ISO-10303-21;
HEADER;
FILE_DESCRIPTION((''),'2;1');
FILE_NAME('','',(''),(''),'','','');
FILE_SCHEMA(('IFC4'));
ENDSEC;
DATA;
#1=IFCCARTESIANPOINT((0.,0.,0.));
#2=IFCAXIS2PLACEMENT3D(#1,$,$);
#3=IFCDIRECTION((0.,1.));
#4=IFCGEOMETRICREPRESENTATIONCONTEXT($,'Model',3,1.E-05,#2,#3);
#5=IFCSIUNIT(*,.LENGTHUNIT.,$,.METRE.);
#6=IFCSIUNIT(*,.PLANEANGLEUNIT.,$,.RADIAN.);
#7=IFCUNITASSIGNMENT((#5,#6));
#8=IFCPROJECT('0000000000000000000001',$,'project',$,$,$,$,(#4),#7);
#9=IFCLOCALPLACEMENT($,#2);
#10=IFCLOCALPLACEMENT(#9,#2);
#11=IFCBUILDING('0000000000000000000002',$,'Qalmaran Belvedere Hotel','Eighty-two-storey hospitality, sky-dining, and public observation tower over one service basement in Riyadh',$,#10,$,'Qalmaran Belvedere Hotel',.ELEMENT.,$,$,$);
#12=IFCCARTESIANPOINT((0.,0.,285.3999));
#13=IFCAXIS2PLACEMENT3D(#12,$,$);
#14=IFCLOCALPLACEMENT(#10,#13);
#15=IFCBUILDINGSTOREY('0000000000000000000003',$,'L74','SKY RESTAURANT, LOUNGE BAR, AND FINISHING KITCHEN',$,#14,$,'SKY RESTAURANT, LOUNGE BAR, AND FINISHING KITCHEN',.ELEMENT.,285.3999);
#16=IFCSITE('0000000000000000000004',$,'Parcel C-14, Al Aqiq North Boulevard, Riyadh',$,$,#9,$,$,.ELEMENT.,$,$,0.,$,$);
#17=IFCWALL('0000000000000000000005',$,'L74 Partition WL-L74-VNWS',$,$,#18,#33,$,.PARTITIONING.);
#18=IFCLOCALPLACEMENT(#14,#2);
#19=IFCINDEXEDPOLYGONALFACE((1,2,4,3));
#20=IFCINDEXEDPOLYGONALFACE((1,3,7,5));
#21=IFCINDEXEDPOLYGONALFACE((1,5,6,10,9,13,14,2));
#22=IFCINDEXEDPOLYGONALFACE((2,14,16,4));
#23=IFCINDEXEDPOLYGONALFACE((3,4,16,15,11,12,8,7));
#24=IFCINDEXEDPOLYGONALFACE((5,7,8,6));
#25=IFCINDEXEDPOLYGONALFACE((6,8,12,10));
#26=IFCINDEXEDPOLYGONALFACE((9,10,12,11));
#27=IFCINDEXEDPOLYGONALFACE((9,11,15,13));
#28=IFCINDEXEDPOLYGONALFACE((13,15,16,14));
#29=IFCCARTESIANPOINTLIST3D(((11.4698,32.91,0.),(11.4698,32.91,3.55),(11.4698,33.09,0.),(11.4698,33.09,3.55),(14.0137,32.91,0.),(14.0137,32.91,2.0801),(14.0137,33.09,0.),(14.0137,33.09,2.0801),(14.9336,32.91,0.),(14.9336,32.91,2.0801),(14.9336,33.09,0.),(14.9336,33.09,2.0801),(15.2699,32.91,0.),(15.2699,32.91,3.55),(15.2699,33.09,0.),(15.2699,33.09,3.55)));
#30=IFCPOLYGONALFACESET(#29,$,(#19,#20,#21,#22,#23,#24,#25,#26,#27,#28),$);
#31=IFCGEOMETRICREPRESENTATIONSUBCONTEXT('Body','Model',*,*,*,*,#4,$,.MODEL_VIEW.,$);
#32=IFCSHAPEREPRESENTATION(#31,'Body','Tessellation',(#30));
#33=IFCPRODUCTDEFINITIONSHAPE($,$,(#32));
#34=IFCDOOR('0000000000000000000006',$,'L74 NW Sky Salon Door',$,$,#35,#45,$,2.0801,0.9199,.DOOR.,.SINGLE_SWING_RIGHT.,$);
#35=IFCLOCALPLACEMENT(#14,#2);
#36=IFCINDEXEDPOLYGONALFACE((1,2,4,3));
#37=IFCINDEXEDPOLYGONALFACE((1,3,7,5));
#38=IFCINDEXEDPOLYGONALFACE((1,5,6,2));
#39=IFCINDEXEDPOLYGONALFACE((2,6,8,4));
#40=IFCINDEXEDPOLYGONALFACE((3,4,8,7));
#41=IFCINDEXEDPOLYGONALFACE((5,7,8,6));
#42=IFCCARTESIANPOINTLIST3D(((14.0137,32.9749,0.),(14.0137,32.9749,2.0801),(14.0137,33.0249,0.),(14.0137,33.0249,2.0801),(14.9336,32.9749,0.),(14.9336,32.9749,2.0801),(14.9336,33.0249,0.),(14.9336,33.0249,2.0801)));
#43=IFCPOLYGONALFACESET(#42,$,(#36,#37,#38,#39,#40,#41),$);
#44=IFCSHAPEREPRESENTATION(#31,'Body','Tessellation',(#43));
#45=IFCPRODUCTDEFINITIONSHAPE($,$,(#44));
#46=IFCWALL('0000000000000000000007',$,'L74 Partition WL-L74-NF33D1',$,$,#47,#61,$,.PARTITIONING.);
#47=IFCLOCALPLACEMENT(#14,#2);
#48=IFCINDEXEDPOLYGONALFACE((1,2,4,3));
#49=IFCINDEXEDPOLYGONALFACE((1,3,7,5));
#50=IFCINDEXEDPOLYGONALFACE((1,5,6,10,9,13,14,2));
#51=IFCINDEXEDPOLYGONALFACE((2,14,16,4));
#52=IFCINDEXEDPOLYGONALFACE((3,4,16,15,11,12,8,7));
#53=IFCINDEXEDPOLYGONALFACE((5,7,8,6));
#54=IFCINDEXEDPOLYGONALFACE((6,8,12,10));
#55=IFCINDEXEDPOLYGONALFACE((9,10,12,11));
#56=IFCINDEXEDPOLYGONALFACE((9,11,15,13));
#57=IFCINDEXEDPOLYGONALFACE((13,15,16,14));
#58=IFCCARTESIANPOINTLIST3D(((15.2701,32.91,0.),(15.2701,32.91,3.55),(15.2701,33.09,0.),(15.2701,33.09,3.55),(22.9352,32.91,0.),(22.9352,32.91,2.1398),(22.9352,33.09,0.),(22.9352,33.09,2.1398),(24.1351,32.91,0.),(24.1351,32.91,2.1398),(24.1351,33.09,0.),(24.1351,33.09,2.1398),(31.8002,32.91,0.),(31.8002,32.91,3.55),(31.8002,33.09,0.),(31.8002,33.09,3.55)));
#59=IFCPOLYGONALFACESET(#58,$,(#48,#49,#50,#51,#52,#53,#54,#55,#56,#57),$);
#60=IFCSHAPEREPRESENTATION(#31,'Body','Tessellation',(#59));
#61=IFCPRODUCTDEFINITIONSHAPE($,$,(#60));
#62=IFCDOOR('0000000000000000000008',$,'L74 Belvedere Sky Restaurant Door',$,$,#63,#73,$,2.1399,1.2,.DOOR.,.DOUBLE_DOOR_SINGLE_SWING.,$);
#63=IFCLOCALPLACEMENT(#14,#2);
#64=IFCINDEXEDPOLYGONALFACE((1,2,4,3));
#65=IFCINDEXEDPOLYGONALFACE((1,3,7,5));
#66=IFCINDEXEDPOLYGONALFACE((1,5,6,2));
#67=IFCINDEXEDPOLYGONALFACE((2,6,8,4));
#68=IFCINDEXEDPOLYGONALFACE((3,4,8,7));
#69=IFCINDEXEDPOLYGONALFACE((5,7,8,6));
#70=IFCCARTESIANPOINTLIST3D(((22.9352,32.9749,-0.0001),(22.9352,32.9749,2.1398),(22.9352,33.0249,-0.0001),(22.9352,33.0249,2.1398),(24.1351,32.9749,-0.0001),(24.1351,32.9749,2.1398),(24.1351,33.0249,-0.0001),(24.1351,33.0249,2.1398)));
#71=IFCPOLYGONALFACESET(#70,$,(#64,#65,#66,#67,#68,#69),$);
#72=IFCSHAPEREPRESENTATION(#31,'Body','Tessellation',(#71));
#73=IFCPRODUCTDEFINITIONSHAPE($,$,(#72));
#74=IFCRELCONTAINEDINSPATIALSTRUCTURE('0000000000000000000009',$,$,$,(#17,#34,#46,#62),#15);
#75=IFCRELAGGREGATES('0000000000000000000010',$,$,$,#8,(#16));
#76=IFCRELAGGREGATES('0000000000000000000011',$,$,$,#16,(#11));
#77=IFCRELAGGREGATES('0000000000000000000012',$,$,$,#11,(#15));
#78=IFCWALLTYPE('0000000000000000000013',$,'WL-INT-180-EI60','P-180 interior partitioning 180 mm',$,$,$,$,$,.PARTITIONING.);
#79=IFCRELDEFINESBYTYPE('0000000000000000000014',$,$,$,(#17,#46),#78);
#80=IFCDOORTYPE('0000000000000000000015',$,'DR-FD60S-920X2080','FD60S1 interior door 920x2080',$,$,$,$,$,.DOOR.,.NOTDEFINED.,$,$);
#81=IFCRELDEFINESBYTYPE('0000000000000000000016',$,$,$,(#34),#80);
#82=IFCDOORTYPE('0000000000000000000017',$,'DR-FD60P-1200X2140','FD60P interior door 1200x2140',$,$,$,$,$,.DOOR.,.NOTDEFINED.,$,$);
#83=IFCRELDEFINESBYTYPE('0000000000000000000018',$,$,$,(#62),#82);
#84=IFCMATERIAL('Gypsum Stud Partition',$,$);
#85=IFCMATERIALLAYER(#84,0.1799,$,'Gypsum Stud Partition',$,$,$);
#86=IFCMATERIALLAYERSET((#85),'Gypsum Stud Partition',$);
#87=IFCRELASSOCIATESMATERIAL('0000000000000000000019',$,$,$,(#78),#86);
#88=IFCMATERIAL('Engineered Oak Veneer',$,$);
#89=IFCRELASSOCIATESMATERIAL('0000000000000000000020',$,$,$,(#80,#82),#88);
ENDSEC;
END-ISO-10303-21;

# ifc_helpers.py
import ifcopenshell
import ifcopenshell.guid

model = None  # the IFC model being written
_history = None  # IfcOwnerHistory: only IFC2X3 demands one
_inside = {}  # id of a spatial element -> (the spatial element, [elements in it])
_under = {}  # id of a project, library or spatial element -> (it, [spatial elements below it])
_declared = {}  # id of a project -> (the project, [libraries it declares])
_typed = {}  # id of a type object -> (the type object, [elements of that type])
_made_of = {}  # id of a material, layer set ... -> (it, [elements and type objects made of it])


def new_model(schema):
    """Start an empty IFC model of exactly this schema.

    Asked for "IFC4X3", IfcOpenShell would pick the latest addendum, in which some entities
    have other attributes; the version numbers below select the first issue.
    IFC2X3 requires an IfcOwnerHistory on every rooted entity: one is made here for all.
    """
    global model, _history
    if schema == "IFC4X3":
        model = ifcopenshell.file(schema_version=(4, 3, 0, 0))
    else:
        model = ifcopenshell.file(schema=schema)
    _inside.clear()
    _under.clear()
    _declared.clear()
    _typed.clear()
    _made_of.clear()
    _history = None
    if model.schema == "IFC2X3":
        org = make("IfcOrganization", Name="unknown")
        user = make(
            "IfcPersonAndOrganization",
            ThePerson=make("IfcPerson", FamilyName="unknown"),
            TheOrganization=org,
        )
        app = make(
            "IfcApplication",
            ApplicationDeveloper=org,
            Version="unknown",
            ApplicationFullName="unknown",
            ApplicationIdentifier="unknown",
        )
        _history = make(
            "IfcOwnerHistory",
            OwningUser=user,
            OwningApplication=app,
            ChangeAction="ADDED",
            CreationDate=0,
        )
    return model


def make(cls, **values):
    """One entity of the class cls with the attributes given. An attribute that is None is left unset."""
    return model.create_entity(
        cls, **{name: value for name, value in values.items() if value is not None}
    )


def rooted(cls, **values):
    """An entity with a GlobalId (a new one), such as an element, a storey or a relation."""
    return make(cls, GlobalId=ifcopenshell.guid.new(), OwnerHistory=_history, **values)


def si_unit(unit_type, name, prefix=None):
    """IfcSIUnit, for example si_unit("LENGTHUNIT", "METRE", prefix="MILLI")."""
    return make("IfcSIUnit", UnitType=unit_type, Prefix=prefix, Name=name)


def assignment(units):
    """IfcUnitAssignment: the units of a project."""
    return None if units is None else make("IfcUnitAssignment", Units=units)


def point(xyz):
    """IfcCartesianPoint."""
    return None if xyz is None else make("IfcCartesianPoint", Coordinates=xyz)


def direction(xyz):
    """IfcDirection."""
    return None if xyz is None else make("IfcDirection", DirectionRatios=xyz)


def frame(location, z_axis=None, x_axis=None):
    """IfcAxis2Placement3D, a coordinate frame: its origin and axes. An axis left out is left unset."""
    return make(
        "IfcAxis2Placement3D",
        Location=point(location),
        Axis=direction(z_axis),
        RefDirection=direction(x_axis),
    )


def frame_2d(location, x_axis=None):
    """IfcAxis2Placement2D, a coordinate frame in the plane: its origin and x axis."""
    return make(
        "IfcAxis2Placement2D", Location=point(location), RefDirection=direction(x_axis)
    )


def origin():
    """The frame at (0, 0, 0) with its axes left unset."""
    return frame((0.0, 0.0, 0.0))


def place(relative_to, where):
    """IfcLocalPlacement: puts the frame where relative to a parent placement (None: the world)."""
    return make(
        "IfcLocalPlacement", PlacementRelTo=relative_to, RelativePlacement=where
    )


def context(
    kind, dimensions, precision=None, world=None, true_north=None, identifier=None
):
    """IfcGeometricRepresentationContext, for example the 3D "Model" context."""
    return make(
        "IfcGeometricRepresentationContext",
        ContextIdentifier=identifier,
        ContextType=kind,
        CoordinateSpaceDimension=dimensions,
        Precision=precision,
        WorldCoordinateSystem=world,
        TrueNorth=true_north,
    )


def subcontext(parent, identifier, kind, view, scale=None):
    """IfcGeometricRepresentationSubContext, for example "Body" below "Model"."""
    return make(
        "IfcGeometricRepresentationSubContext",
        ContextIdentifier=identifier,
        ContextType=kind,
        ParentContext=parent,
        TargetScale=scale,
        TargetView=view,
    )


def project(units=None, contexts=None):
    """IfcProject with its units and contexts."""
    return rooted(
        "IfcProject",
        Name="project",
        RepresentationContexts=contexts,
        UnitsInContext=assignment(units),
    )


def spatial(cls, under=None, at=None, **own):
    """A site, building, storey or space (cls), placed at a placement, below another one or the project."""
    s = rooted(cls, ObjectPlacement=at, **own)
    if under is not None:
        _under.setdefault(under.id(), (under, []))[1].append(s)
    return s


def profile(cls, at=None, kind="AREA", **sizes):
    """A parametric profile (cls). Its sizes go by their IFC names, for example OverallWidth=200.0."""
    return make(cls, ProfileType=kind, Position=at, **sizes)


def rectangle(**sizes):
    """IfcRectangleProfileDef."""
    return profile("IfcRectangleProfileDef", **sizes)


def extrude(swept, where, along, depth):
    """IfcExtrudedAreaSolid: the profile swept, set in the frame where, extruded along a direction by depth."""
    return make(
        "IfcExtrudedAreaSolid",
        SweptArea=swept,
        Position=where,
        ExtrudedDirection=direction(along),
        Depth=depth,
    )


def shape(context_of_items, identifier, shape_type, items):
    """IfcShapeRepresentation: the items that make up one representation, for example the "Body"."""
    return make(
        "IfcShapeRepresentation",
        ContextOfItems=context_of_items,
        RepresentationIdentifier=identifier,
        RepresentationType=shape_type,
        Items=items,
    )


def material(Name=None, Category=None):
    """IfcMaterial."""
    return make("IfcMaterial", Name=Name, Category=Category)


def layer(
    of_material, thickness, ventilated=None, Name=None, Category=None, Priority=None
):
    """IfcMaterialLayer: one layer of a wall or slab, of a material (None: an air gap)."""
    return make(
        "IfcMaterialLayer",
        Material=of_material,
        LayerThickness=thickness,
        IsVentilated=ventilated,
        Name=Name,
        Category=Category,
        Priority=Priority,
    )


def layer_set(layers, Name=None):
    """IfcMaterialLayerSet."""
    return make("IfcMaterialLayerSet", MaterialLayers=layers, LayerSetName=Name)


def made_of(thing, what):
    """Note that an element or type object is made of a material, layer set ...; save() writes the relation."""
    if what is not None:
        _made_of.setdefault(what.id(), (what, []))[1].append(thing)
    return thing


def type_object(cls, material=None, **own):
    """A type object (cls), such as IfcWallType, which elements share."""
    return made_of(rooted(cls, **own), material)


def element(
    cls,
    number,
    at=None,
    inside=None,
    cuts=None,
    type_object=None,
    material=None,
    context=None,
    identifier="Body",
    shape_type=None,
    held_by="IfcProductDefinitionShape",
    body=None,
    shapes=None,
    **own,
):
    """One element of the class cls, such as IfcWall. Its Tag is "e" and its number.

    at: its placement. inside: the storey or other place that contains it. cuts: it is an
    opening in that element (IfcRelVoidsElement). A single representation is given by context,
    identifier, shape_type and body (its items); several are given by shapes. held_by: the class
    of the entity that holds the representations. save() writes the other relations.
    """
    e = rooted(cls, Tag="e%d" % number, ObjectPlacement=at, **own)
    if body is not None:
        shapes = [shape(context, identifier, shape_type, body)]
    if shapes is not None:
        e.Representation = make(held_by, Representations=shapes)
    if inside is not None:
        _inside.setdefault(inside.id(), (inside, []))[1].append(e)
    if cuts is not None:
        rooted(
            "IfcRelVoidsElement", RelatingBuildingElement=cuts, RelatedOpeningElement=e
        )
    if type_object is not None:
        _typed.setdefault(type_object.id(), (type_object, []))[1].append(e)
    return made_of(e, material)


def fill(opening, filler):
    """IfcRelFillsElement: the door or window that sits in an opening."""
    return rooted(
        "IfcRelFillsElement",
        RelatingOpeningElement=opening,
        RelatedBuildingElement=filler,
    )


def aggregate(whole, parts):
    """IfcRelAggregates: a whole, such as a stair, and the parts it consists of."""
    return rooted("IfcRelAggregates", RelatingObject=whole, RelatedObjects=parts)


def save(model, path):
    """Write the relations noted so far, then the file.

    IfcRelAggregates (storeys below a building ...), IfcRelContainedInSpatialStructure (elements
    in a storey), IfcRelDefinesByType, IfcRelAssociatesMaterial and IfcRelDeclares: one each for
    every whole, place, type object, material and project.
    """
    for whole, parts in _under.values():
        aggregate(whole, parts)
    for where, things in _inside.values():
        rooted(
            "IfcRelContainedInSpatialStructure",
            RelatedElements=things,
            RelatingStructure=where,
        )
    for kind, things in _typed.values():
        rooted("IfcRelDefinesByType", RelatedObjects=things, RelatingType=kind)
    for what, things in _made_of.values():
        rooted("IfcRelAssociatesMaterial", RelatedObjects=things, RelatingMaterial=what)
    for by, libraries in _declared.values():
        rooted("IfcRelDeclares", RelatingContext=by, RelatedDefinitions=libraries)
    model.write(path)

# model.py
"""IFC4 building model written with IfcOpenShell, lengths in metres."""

from ifc_helpers import new_model, si_unit, direction, frame, frame_2d, origin, place, context, subcontext, project, spatial, rectangle, extrude, material, layer, layer_set, type_object, element, fill, save


model = new_model("IFC4")

# Units and contexts
model_context = context("Model", 3, precision=1e-05, world=origin(), true_north=direction((0.0, 1.0)))
body_context = subcontext(model_context, "Body", "Model", "MODEL_VIEW")
ifc_project = project(units=[si_unit("LENGTHUNIT", "METRE"), si_unit("PLANEANGLEUNIT", "RADIAN")], contexts=[model_context])

# Site, building, storey
site_placement = place(None, origin())
site = spatial("IfcSite", under=ifc_project, at=site_placement, Name="Parcel C-14, Al Aqiq North Boulevard, Riyadh", CompositionType="ELEMENT", RefElevation=0.0)
building_placement = place(site_placement, origin())
building = spatial("IfcBuilding", under=site, at=building_placement, Name="Qalmaran Belvedere Hotel", Description="Eighty-two-storey hospitality, sky-dining, and public observation tower over one service basement in Riyadh", LongName="Qalmaran Belvedere Hotel", CompositionType="ELEMENT")
storey_placement = place(building_placement, frame((0.0, 0.0, 285.3999)))
storey = spatial("IfcBuildingStorey", under=building, at=storey_placement, Name="L74", Description="SKY RESTAURANT, LOUNGE BAR, AND FINISHING KITCHEN", LongName="SKY RESTAURANT, LOUNGE BAR, AND FINISHING KITCHEN", CompositionType="ELEMENT", Elevation=285.3999)

# Shared definitions
ifc_material_1 = material(Name="Gypsum Stud Partition")

# Walls, openings, doors
ifc_layer_1 = layer(ifc_material_1, 0.1799, Name="Gypsum Stud Partition")
ifc_layer_set_1 = layer_set([ifc_layer_1], Name="Gypsum Stud Partition")
wall_type_1 = type_object("IfcWallType", Name="WL-INT-180-EI60", Description="P-180 interior partitioning 180 mm", PredefinedType="PARTITIONING", material=ifc_layer_set_1)
wall_1_placement = place(storey_placement, frame((11.47, 33.0, 0.0), z_axis=(0.0, 0.0, 1.0), x_axis=(1.0, 0.0, 0.0)))
wall_1 = element("IfcWall", 1, at=wall_1_placement, inside=storey, type_object=wall_type_1, Name="L74 Partition WL-L74-VNWS", PredefinedType="PARTITIONING", context=body_context, shape_type="SweptSolid", body=[
    extrude(rectangle(XDim=3.8, YDim=0.1799, at=frame_2d((1.8999, 0.0))), origin(), (0.0, 0.0, 1.0), 3.55),
])
opening_1_placement = place(wall_1_placement, frame((2.5437, 0.0, 0.0)))
opening_1 = element("IfcOpeningElement", 2, at=opening_1_placement, cuts=wall_1, PredefinedType="OPENING", context=body_context, shape_type="SweptSolid", body=[
    extrude(rectangle(XDim=0.9199, YDim=2.0801, at=frame_2d((0.46, 1.04))), frame((0.0, 0.1001, 0.0), z_axis=(0.0, -1.0, 0.0), x_axis=(1.0, 0.0, 0.0)), (0.0, 0.0, 1.0), 0.2),
])
ifc_material_2 = material(Name="Engineered Oak Veneer")
door_type_1 = type_object("IfcDoorType", Name="DR-FD60S-920X2080", Description="FD60S1 interior door 920x2080", OperationType="NOTDEFINED", PredefinedType="DOOR", material=ifc_material_2)
door_1_placement = place(opening_1_placement, origin())
door_1 = element("IfcDoor", 3, at=door_1_placement, inside=storey, type_object=door_type_1, Name="L74 NW Sky Salon Door", OperationType="SINGLE_SWING_RIGHT", OverallHeight=2.0801, OverallWidth=0.9199, PredefinedType="DOOR", context=body_context, shape_type="SweptSolid", body=[
    extrude(rectangle(XDim=0.9199, YDim=2.0801, at=frame_2d((0.46, 1.04))), frame((0.0, 0.0249, 0.0), z_axis=(0.0, -1.0, 0.0), x_axis=(1.0, 0.0, 0.0)), (0.0, 0.0, 1.0), 0.05),
])
fill(opening_1, door_1)
wall_2_placement = place(storey_placement, frame((15.27, 33.0, 0.0), z_axis=(0.0, 0.0, 1.0), x_axis=(1.0, 0.0, 0.0)))
wall_2 = element("IfcWall", 4, at=wall_2_placement, inside=storey, type_object=wall_type_1, Name="L74 Partition WL-L74-NF33D1", PredefinedType="PARTITIONING", context=body_context, shape_type="SweptSolid", body=[
    extrude(rectangle(XDim=16.53, YDim=0.1799, at=frame_2d((8.2651, 0.0))), origin(), (0.0, 0.0, 1.0), 3.55),
])
opening_2_placement = place(wall_2_placement, frame((7.665, 0.0, 0.0)))
opening_2 = element("IfcOpeningElement", 5, at=opening_2_placement, cuts=wall_2, PredefinedType="OPENING", context=body_context, shape_type="SweptSolid", body=[
    extrude(rectangle(XDim=1.2, YDim=2.1399, at=frame_2d((0.6001, 1.0698))), frame((0.0, 0.1001, 0.0), z_axis=(0.0, -1.0, 0.0), x_axis=(1.0, 0.0, 0.0)), (0.0, 0.0, 1.0), 0.2),
])
door_type_2 = type_object("IfcDoorType", Name="DR-FD60P-1200X2140", Description="FD60P interior door 1200x2140", OperationType="NOTDEFINED", PredefinedType="DOOR", material=ifc_material_2)
door_2_placement = place(opening_2_placement, origin())
door_2 = element("IfcDoor", 6, at=door_2_placement, inside=storey, type_object=door_type_2, Name="L74 Belvedere Sky Restaurant Door", OperationType="DOUBLE_DOOR_SINGLE_SWING", OverallHeight=2.1399, OverallWidth=1.2, PredefinedType="DOOR", context=body_context, shape_type="SweptSolid", body=[
    extrude(rectangle(XDim=1.2, YDim=2.1399, at=frame_2d((0.6001, 1.0698))), frame((0.0, 0.0249, 0.0), z_axis=(0.0, -1.0, 0.0), x_axis=(1.0, 0.0, 0.0)), (0.0, 0.0, 1.0), 0.05),
])
fill(opening_2, door_2)

save(model, "model.ifc")
